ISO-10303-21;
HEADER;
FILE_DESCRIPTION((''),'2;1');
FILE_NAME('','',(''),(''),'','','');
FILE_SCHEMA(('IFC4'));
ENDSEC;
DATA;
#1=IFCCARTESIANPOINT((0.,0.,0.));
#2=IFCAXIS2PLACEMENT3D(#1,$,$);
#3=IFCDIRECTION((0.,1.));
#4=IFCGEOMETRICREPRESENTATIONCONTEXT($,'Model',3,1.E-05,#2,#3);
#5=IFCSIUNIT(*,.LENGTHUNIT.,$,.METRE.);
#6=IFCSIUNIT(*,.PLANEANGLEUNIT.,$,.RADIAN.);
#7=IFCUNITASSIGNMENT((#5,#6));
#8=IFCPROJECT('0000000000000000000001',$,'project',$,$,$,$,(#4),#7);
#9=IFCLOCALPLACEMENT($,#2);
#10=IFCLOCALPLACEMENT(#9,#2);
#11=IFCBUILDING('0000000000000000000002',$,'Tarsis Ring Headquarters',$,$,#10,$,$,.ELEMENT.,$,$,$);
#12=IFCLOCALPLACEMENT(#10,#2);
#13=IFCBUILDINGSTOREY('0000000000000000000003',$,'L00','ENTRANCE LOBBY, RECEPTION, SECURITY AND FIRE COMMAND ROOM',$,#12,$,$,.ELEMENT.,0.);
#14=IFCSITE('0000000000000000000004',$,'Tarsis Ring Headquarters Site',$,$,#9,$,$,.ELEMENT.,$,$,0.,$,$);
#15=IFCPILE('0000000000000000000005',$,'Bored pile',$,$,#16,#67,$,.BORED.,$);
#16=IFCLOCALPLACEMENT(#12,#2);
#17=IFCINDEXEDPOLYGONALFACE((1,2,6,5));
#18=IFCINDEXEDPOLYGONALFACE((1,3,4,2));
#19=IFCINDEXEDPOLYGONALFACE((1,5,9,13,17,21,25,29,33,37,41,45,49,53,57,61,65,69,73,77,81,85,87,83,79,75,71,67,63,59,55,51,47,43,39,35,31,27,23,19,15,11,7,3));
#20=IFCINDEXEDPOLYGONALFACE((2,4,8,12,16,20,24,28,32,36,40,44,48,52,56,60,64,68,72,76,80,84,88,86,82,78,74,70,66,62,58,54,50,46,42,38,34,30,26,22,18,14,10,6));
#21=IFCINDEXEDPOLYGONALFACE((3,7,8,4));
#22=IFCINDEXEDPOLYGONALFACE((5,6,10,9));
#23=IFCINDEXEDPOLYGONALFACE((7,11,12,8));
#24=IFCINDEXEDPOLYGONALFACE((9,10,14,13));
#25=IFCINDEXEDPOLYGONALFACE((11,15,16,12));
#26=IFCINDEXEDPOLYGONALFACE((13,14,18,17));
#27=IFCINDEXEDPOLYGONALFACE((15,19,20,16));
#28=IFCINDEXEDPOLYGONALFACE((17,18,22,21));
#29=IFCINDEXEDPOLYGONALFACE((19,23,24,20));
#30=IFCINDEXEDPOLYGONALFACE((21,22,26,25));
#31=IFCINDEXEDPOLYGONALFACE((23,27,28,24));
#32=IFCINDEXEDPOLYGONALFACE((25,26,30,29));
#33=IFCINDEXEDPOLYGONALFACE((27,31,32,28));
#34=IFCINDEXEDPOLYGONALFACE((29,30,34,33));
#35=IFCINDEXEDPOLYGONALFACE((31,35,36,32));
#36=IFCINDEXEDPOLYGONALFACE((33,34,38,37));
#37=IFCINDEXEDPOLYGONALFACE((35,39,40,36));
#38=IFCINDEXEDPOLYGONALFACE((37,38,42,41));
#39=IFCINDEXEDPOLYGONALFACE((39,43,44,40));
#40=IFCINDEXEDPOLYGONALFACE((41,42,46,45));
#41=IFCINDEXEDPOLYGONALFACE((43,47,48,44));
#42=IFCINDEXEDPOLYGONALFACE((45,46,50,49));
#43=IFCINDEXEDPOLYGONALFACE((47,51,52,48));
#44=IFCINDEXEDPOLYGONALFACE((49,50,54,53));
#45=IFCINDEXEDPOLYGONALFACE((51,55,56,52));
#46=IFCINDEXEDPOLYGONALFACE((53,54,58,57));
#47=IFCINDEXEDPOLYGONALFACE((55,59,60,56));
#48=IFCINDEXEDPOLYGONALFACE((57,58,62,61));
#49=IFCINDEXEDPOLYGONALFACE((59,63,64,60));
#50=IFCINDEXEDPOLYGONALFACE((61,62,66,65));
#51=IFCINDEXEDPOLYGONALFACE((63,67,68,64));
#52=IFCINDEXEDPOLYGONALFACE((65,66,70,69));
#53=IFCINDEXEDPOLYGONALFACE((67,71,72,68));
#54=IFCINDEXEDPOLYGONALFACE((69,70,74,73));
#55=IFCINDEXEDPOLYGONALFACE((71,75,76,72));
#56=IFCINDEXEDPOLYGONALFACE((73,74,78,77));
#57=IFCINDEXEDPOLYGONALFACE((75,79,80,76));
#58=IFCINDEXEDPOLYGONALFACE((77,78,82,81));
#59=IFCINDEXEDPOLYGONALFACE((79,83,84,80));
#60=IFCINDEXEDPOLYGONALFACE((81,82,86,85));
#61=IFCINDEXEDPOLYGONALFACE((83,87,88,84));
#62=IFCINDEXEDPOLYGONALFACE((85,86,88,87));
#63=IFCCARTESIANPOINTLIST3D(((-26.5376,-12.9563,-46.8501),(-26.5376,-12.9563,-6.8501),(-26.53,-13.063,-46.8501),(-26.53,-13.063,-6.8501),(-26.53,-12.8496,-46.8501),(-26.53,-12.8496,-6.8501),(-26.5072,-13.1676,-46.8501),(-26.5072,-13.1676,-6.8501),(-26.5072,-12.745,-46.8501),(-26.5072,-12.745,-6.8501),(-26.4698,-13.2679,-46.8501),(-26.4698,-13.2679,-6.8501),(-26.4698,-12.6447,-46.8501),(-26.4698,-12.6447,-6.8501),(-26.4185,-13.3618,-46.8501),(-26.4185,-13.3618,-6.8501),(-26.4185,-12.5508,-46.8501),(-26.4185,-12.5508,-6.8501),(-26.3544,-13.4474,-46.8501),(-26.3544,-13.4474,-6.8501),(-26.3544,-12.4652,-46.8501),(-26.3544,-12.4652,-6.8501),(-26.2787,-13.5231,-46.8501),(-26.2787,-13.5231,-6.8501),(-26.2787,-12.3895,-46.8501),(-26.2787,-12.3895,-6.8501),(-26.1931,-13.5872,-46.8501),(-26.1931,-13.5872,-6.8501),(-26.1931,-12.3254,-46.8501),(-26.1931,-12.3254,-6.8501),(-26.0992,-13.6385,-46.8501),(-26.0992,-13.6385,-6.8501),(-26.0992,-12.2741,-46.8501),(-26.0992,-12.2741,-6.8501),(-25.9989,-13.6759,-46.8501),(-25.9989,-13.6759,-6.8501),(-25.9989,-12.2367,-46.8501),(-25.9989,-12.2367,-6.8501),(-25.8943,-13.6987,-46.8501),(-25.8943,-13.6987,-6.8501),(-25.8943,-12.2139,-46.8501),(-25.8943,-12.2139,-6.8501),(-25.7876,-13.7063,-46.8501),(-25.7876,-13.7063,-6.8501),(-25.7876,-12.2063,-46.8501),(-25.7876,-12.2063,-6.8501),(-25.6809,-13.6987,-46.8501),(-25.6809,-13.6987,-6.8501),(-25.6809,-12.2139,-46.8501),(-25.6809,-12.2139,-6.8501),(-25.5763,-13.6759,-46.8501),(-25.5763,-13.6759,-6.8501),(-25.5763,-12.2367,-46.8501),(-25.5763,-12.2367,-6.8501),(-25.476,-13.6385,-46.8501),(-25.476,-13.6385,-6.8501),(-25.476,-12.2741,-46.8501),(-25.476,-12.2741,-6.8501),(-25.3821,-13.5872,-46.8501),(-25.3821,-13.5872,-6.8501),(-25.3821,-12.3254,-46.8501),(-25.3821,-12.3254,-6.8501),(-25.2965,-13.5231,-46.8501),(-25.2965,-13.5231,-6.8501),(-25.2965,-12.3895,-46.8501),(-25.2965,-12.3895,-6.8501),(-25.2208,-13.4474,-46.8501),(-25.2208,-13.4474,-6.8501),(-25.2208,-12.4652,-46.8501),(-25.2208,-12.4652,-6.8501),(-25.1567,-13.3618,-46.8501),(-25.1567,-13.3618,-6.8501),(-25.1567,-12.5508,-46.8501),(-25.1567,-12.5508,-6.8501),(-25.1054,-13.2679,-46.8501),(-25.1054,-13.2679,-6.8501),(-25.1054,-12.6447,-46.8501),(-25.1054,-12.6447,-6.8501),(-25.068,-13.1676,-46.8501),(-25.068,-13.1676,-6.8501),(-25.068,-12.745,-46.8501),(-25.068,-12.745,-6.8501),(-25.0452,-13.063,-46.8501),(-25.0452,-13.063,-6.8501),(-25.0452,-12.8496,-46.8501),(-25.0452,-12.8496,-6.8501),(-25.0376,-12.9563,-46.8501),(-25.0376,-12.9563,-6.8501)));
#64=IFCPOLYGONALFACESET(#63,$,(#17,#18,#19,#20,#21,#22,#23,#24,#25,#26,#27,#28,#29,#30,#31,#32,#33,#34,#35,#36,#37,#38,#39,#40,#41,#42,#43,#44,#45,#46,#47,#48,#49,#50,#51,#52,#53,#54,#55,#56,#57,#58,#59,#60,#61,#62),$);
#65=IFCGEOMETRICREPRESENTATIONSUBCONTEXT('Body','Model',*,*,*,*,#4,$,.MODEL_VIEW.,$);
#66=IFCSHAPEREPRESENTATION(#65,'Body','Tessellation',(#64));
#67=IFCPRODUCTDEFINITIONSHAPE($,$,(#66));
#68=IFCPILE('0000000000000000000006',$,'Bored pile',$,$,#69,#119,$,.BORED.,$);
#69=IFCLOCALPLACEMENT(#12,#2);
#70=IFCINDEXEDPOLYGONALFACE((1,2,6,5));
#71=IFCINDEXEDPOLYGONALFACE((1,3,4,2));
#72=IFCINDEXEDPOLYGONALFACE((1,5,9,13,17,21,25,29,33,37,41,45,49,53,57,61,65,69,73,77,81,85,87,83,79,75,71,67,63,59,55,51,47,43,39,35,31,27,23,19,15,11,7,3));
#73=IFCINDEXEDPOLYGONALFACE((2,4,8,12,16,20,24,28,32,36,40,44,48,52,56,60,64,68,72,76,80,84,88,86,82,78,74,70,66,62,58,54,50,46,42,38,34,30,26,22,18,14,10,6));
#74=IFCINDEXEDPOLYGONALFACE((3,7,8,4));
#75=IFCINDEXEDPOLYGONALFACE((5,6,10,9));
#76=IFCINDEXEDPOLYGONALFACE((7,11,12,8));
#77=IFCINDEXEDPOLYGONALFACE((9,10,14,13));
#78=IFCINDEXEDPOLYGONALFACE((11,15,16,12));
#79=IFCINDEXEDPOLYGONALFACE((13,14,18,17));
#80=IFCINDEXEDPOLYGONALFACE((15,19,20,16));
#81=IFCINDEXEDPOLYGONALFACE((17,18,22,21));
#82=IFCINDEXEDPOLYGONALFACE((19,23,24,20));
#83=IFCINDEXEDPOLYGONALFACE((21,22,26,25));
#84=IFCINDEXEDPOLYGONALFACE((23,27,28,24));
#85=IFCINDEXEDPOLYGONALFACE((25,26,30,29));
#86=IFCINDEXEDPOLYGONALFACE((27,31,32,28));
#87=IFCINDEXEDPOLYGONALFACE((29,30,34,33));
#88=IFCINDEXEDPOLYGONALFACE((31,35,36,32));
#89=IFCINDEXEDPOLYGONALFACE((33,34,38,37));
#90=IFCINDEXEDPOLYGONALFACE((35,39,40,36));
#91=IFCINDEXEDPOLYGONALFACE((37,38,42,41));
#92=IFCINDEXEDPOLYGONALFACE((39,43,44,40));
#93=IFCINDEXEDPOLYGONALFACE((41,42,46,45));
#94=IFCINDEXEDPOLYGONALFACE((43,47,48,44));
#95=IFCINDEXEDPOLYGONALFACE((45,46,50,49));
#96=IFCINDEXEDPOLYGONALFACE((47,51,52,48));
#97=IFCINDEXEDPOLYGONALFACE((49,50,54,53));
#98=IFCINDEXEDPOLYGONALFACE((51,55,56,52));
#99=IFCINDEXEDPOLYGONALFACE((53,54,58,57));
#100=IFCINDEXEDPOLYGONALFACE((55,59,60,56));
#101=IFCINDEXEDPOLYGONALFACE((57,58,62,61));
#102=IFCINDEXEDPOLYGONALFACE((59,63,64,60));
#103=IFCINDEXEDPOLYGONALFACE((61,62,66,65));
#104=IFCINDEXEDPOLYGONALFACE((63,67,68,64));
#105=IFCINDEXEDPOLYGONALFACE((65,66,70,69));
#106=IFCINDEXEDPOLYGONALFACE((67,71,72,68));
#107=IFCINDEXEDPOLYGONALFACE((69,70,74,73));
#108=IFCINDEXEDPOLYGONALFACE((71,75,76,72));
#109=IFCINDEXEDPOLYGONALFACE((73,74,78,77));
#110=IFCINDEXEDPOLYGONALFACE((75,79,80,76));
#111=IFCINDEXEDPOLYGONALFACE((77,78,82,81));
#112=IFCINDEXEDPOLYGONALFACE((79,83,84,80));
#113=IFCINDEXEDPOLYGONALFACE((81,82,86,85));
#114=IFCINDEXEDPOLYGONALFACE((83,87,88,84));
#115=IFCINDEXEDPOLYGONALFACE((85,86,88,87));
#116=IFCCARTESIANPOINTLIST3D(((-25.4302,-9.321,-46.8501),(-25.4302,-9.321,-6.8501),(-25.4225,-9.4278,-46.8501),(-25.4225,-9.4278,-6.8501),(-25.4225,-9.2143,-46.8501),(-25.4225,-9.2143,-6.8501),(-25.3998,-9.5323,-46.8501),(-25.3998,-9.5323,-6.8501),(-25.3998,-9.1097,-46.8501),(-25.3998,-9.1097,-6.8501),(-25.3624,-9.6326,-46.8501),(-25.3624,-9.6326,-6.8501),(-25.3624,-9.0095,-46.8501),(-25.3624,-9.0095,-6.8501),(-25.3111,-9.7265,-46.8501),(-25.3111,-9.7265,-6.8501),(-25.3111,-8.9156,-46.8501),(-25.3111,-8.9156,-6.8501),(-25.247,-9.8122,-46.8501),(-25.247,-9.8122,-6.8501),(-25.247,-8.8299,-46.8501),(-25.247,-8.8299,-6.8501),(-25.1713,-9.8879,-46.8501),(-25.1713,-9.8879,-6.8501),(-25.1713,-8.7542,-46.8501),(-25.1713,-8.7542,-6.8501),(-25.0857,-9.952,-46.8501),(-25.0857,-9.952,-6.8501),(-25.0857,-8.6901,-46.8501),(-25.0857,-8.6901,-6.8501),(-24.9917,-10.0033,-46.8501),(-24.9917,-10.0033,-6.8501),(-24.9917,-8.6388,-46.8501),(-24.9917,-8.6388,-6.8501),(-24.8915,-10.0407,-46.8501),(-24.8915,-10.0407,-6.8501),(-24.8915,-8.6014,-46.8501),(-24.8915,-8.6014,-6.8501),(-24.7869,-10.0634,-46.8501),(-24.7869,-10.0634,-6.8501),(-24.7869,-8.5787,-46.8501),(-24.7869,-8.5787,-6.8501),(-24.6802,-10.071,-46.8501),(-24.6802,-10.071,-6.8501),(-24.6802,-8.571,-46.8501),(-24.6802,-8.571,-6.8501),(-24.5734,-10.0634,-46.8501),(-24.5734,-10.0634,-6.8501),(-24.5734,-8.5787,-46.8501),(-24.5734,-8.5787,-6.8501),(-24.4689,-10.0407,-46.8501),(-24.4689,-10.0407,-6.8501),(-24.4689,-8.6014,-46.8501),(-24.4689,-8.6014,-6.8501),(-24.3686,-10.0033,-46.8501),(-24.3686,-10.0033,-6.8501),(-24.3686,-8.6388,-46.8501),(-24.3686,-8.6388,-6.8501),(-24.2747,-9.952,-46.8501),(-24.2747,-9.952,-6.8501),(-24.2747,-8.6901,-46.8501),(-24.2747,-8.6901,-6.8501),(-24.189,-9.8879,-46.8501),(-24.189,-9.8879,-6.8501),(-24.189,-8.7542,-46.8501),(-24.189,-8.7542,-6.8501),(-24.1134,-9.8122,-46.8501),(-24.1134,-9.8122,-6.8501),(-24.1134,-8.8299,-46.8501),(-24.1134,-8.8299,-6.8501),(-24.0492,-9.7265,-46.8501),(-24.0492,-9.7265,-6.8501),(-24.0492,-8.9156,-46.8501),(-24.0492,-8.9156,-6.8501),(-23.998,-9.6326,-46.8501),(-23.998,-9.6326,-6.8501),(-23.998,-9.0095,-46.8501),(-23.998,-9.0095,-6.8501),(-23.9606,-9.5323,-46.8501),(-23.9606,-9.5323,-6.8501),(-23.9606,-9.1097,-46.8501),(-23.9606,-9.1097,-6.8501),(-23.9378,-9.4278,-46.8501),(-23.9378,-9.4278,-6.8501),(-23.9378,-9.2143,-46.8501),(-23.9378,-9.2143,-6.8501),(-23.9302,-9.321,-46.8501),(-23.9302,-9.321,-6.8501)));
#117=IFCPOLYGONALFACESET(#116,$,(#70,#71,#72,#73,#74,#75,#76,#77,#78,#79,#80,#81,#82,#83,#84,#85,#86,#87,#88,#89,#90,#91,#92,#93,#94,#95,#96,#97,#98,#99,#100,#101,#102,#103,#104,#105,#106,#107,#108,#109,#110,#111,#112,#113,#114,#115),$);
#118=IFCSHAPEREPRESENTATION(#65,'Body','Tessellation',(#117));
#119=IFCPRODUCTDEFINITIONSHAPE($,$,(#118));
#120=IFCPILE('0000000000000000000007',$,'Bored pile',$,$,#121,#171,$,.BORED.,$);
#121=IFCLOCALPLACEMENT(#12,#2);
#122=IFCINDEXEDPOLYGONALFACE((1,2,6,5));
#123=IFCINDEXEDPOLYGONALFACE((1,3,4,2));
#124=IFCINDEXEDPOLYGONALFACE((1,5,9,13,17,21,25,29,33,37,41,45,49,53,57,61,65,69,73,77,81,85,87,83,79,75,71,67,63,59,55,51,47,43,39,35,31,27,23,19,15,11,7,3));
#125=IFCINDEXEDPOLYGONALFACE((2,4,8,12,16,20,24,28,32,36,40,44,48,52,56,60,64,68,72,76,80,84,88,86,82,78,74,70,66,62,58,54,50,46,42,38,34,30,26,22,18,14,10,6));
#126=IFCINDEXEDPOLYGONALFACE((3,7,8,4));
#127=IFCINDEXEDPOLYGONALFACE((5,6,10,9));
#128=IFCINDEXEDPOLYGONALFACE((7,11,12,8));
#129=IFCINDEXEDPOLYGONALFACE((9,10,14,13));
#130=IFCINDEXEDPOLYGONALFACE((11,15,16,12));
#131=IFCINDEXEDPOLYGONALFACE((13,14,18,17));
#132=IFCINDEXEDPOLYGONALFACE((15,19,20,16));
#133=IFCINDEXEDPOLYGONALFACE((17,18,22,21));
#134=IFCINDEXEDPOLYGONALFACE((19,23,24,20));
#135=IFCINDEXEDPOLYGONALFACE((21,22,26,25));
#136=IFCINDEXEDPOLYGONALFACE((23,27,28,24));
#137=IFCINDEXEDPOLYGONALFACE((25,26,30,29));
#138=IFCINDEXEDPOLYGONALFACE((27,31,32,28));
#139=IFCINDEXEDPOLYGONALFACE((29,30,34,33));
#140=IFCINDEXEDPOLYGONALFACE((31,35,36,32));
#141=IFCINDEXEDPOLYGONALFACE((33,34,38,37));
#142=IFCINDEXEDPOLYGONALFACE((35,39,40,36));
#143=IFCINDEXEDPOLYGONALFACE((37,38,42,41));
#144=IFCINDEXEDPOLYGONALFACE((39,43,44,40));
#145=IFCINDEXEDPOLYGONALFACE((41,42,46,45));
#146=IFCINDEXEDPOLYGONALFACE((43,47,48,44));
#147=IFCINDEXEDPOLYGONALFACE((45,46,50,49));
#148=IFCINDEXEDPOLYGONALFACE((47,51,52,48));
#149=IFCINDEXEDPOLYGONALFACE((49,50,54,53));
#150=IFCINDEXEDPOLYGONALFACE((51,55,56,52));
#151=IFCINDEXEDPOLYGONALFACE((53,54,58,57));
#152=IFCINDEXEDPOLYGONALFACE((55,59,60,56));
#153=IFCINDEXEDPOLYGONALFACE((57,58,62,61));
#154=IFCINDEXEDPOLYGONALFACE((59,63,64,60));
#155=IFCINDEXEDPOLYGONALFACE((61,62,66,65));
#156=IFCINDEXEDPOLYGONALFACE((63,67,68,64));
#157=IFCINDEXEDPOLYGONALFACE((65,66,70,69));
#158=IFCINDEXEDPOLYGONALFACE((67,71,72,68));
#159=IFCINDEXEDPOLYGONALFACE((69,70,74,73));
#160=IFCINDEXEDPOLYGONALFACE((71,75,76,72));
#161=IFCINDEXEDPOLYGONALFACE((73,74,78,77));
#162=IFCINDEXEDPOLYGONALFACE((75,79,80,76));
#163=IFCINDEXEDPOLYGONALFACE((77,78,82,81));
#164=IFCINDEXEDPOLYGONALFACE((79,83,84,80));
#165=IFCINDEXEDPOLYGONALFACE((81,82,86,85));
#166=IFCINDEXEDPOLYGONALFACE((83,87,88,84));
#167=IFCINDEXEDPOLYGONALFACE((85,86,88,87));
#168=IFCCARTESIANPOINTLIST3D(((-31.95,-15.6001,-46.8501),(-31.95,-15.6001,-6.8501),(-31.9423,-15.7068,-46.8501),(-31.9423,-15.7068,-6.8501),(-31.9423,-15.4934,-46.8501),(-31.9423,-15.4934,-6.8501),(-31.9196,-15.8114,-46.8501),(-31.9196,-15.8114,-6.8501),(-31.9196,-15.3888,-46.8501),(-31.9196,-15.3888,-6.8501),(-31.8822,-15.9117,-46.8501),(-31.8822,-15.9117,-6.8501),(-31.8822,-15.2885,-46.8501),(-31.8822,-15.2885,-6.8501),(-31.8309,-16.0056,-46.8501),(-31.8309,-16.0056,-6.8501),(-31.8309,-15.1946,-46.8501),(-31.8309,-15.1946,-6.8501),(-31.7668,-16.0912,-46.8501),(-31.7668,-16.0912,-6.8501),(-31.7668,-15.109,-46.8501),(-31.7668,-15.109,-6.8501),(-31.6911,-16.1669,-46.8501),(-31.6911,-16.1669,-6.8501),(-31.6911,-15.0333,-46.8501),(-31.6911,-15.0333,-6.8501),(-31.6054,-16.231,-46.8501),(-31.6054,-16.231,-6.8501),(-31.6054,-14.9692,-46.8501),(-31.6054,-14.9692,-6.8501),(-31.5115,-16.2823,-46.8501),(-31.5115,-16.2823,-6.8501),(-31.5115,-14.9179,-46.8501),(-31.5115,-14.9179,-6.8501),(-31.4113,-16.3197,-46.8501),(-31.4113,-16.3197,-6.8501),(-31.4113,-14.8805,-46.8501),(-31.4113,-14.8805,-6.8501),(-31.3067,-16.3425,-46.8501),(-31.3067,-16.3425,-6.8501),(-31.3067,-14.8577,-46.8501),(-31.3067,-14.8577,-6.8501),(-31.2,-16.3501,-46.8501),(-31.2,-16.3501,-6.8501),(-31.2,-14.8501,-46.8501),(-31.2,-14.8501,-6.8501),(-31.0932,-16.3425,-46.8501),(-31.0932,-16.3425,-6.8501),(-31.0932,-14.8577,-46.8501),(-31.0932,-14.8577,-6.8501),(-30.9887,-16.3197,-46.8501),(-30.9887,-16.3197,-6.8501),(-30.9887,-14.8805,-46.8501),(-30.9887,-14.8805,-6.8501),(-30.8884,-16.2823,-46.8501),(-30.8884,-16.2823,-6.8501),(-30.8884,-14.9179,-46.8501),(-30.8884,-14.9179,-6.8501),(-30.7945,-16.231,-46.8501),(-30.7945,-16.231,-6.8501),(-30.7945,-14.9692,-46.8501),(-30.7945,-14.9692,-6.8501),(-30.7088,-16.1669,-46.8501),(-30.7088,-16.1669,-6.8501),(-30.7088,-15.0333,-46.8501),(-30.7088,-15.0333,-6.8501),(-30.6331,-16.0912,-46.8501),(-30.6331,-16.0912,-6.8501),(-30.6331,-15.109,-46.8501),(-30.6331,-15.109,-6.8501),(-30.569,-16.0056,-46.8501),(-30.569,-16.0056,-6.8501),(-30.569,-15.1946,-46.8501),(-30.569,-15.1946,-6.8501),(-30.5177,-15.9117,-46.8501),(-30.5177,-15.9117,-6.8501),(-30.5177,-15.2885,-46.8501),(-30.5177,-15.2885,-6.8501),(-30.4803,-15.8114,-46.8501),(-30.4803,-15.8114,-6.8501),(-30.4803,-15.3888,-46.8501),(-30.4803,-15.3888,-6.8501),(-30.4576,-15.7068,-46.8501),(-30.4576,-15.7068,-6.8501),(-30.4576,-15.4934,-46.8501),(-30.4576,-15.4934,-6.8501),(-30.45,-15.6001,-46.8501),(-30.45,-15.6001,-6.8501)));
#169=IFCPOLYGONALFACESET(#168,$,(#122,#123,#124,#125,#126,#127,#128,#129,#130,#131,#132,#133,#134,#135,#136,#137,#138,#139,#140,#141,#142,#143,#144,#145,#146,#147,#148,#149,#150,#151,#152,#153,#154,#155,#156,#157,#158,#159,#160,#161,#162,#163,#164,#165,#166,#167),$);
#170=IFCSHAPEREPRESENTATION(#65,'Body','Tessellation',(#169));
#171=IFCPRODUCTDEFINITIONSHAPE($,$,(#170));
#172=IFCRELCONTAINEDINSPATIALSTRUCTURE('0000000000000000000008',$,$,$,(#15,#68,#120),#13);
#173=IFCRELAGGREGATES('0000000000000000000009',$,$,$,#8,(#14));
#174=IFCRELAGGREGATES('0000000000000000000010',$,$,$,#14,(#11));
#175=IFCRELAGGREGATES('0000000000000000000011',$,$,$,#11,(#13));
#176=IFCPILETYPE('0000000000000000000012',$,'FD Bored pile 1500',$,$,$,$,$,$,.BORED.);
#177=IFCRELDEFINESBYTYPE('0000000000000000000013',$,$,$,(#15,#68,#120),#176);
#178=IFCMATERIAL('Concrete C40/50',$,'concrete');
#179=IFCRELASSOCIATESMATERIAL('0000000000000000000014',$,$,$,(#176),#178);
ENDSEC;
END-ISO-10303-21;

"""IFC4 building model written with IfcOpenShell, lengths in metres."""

from ifc_helpers import new_model, si_unit, direction, frame, origin, origin_2d, place, context, subcontext, project, spatial, circle, extrude, material, material_profile, profile_set, type_object, element, save


model = new_model("IFC4")

# Units and contexts
model_context = context("Model", 3, precision=1e-05, world=origin(), true_north=direction((0.0, 1.0)))
body_context = subcontext(model_context, "Body", "Model", "MODEL_VIEW")
ifc_project = project(units=[si_unit("LENGTHUNIT", "METRE"), si_unit("PLANEANGLEUNIT", "RADIAN")], contexts=[model_context])

# Site, building, storey
site_placement = place(None, origin())
site = spatial("IfcSite", under=ifc_project, at=site_placement, Name="Tarsis Ring Headquarters Site", CompositionType="ELEMENT", RefElevation=0.0)
building_placement = place(site_placement, origin())
building = spatial("IfcBuilding", under=site, at=building_placement, Name="Tarsis Ring Headquarters", CompositionType="ELEMENT")
storey_placement = place(building_placement, origin())
storey = spatial("IfcBuildingStorey", under=building, at=storey_placement, Name="L00", Description="ENTRANCE LOBBY, RECEPTION, SECURITY AND FIRE COMMAND ROOM", CompositionType="ELEMENT", Elevation=0.0)

# Piles
ifc_material_1 = material(Name="Concrete C40/50", Category="concrete")
ifc_material_profile_1 = material_profile(ifc_material_1, circle(Radius=0.75, at=origin_2d()), Name="BORED 1500")
ifc_profile_set_1 = profile_set([ifc_material_profile_1], Name="Concrete C40/50")
pile_type_1 = type_object("IfcPileType", Name="FD Bored pile 1500", PredefinedType="BORED", material=ifc_profile_set_1)
for number, where, z_axis, x_axis, name in (
    (1, (-25.7876, -12.9563, -6.8501), (0.0, 0.0, -1.0), (1.0, 0.0, 0.0), "Bored pile"),
    (2, (-24.6802, -9.321, -6.8501), (0.0, 0.0, -1.0), (1.0, 0.0, 0.0), "Bored pile"),
    (3, (-31.2, -15.6001, -6.8501), (0.0, 0.0, -1.0), (1.0, 0.0, 0.0), "Bored pile"),
):
    element("IfcPile", number, at=place(storey_placement, frame(where, z_axis=z_axis, x_axis=x_axis)), inside=storey, type_object=pile_type_1, Name=name, PredefinedType="BORED", context=body_context, shape_type="SweptSolid", body=[
        extrude(circle(Radius=0.75, at=origin_2d()), origin(), (0.0, 0.0, 1.0), 40.0),
    ])

save(model, "model.ifc")
